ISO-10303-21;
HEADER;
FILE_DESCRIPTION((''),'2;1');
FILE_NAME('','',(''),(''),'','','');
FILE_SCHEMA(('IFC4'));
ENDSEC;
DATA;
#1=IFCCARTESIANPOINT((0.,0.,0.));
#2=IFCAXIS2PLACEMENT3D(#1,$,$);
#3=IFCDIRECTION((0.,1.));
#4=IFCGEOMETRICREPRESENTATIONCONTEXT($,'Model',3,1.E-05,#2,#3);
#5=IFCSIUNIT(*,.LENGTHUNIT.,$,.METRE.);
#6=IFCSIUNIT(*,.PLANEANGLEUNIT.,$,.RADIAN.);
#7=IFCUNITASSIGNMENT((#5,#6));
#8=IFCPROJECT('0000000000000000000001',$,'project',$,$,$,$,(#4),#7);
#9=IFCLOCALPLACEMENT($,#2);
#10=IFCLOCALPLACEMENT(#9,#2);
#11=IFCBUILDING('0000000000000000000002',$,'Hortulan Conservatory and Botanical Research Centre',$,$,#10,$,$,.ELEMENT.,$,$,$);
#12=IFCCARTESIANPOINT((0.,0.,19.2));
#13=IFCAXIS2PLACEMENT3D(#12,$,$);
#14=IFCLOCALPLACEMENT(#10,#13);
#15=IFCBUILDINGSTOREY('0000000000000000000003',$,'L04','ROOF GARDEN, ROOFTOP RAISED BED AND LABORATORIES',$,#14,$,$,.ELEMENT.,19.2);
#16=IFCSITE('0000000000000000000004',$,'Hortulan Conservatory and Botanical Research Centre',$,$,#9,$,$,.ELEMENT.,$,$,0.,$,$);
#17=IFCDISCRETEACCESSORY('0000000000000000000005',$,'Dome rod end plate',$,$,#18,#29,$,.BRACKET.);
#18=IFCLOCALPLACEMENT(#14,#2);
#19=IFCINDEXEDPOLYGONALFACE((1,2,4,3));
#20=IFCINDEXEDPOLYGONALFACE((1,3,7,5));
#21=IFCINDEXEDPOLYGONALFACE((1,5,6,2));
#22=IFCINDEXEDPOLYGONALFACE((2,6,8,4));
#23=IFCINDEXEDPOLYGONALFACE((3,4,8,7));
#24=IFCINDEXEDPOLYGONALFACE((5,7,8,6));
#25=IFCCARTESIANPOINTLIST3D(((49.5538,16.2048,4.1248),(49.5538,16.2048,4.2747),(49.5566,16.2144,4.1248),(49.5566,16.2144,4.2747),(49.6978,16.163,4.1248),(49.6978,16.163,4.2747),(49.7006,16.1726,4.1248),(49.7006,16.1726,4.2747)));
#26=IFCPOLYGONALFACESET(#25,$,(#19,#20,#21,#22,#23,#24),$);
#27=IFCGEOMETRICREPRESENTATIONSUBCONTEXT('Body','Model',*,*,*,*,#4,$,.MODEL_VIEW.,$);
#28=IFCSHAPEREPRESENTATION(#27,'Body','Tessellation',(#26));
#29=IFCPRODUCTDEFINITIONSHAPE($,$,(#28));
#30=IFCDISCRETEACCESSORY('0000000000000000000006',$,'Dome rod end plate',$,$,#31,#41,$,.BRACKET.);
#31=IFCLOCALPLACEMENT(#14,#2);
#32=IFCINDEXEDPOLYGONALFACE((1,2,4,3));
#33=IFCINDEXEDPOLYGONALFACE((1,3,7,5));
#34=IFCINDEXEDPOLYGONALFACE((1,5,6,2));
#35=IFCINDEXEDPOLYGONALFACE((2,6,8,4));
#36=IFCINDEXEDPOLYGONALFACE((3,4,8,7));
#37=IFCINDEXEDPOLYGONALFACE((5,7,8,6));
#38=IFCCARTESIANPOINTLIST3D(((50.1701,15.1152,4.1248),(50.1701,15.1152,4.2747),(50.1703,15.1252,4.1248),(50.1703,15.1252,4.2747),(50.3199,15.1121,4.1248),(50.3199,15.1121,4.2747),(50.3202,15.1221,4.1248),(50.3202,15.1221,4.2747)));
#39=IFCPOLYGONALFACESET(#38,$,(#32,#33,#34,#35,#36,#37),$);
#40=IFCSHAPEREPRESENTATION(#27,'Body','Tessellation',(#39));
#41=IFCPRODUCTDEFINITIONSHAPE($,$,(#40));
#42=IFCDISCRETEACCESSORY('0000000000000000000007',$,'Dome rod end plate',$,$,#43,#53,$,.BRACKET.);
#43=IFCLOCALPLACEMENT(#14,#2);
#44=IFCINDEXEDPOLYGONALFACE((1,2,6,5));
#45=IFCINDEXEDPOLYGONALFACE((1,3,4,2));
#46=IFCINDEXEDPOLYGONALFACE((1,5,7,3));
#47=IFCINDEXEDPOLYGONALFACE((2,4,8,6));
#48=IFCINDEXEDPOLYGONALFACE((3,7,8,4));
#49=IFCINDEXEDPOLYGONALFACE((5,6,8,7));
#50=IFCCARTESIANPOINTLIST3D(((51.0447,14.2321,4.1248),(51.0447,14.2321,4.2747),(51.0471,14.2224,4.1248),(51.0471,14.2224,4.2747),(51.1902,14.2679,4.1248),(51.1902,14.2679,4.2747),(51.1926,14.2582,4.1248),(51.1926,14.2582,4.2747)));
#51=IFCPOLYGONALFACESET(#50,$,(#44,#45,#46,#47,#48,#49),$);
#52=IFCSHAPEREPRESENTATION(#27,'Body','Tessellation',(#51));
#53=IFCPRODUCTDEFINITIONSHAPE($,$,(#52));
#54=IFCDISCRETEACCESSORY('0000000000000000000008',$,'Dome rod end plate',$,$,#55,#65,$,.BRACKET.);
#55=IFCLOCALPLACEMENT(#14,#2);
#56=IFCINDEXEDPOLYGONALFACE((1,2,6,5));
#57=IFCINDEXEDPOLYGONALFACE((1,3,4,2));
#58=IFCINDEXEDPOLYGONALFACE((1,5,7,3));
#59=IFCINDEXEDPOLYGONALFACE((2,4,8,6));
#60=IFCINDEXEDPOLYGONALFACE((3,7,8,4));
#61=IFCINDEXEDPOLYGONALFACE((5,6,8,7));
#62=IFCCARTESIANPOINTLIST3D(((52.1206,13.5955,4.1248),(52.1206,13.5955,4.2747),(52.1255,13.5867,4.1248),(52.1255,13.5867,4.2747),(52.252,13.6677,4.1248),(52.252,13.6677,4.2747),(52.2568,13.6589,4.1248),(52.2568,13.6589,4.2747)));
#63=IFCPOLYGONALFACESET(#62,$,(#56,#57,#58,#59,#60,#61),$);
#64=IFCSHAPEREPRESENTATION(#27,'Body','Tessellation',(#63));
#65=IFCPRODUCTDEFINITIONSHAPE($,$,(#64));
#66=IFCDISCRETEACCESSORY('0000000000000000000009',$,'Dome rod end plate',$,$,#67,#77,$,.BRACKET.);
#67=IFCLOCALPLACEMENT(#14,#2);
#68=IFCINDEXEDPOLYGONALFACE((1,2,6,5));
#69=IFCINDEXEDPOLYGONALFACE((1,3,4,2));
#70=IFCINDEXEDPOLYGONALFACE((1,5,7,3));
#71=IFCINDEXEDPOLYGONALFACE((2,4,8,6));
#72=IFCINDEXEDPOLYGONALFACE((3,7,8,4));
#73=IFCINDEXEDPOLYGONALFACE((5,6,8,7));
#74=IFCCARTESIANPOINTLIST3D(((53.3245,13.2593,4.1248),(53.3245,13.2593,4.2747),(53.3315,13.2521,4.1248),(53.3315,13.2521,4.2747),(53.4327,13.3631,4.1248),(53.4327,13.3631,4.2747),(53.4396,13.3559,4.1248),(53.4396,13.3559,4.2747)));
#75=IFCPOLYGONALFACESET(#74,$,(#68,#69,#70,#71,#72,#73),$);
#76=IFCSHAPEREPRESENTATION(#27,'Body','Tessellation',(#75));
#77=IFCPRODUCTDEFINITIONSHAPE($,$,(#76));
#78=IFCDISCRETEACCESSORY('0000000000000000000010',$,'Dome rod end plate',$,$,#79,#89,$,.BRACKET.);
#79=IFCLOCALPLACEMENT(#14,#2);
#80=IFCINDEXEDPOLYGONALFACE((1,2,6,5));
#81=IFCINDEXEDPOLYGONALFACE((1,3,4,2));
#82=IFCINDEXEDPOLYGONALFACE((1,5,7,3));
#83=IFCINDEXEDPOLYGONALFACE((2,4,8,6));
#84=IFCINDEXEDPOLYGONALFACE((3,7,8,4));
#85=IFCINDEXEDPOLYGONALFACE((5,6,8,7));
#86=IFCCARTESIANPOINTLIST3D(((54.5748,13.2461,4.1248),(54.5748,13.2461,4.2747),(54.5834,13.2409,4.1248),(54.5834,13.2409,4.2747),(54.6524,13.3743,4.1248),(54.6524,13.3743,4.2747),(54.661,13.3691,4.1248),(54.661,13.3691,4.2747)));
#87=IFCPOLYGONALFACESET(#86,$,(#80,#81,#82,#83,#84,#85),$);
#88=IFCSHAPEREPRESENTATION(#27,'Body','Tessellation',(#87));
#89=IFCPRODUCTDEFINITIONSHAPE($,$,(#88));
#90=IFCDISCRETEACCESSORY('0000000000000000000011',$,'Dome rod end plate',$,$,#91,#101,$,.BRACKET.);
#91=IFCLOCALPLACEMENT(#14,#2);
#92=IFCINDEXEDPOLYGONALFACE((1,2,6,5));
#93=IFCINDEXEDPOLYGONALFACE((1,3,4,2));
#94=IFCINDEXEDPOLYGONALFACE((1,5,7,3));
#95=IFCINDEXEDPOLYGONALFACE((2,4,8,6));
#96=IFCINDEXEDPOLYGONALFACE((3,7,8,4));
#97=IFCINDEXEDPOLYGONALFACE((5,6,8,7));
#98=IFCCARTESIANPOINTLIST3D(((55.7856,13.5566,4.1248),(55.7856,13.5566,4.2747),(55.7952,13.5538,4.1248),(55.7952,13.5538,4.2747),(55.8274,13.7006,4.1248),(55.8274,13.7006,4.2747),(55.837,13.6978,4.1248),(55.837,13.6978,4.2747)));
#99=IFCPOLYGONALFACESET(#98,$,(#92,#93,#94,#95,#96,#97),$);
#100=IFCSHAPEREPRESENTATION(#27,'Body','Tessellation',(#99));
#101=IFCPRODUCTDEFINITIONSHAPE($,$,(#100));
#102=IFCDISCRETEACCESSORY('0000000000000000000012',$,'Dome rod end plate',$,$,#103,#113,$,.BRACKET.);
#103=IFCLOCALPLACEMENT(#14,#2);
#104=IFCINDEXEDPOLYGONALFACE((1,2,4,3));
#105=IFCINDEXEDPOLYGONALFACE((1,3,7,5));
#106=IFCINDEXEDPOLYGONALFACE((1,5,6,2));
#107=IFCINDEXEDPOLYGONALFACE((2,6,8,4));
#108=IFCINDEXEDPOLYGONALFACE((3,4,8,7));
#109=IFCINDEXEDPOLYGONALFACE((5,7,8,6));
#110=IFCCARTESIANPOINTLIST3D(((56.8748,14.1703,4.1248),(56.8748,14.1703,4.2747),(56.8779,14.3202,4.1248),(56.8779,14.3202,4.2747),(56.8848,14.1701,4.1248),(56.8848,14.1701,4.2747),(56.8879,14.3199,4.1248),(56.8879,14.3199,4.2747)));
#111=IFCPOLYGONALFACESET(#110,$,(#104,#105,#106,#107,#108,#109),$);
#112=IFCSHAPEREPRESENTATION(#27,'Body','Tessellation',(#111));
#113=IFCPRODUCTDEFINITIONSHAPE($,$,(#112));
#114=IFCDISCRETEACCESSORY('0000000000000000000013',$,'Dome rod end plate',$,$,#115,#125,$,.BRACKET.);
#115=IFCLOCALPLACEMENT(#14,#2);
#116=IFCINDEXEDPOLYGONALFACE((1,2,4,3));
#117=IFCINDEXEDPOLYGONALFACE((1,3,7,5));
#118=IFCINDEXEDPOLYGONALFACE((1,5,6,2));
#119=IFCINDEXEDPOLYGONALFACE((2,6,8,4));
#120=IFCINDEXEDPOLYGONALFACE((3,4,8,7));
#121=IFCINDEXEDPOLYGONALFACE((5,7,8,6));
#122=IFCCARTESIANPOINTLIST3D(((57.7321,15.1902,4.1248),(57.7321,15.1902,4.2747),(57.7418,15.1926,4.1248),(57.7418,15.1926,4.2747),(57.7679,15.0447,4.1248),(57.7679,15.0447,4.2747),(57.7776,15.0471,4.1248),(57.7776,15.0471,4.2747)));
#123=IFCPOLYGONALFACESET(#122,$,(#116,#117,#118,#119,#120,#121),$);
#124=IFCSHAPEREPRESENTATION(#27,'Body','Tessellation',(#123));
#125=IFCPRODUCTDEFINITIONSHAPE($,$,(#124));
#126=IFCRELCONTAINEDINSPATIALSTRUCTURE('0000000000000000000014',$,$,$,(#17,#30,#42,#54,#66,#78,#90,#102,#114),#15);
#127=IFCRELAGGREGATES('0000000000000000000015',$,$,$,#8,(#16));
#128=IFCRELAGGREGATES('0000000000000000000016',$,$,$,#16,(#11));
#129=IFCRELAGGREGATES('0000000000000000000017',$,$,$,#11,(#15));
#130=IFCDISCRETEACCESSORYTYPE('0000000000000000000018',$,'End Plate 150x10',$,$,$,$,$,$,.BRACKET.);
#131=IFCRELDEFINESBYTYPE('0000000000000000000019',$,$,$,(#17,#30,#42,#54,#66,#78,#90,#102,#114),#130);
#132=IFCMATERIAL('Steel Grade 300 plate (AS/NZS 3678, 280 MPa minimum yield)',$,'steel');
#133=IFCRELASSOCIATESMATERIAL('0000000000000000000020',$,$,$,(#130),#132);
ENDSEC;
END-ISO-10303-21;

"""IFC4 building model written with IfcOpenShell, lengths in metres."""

from ifc_helpers import new_model, si_unit, direction, frame, origin, origin_2d, place, context, subcontext, project, spatial, rectangle, extrude, material, type_object, element, save


model = new_model("IFC4")

# Units and contexts
model_context = context("Model", 3, precision=1e-05, world=origin(), true_north=direction((0.0, 1.0)))
body_context = subcontext(model_context, "Body", "Model", "MODEL_VIEW")
ifc_project = project(units=[si_unit("LENGTHUNIT", "METRE"), si_unit("PLANEANGLEUNIT", "RADIAN")], contexts=[model_context])

# Site, building, storey
site_placement = place(None, origin())
site = spatial("IfcSite", under=ifc_project, at=site_placement, Name="Hortulan Conservatory and Botanical Research Centre", CompositionType="ELEMENT", RefElevation=0.0)
building_placement = place(site_placement, origin())
building = spatial("IfcBuilding", under=site, at=building_placement, Name="Hortulan Conservatory and Botanical Research Centre", CompositionType="ELEMENT")
storey_placement = place(building_placement, frame((0.0, 0.0, 19.2)))
storey = spatial("IfcBuildingStorey", under=building, at=storey_placement, Name="L04", Description="ROOF GARDEN, ROOFTOP RAISED BED AND LABORATORIES", CompositionType="ELEMENT", Elevation=19.2)

# Discrete accessories
ifc_material_1 = material(Name="Steel Grade 300 plate (AS/NZS 3678, 280 MPa minimum yield)", Category="steel")
discrete_accessory_type = type_object("IfcDiscreteAccessoryType", Name="End Plate 150x10", PredefinedType="BRACKET", material=ifc_material_1)
for number, where, z_axis, x_axis, name in (
    (1, (49.6272, 16.1887, 4.1248), (0.0, 0.0, 1.0), (0.960372, -0.278723, 0.0), "Dome rod end plate"),
    (2, (50.2451, 15.1187, 4.1248), (0.0, 0.0, 1.0), (0.999786, -0.020698, 0.0), "Dome rod end plate"),
    (3, (51.1187, 14.2451, 4.1248), (0.0, 0.0, 1.0), (0.971063, 0.238822, 0.0), "Dome rod end plate"),
    (4, (52.1887, 13.6272, 4.1248), (0.0, 0.0, 1.0), (0.876172, 0.481998, 0.0), "Dome rod end plate"),
    (5, (53.3821, 13.3076, 4.1248), (0.0, 0.0, 1.0), (0.721567, 0.692345, 0.0), "Dome rod end plate"),
    (6, (54.6179, 13.3076, 4.1248), (0.0, 0.0, 1.0), (0.517788, 0.855509, 0.0), "Dome rod end plate"),
    (7, (55.8113, 13.6272, 4.1248), (0.0, 0.0, 1.0), (0.278723, 0.960372, 0.0), "Dome rod end plate"),
    (8, (56.8813, 14.2451, 4.1248), (0.0, 0.0, 1.0), (0.020698, 0.999786, 0.0), "Dome rod end plate"),
    (9, (57.7549, 15.1187, 4.1248), (0.0, 0.0, 1.0), (0.238822, -0.971063, 0.0), "Dome rod end plate"),
):
    element("IfcDiscreteAccessory", number, at=place(storey_placement, frame(where, z_axis=z_axis, x_axis=x_axis)), inside=storey, type_object=discrete_accessory_type, Name=name, PredefinedType="BRACKET", context=body_context, shape_type="SweptSolid", body=[
        extrude(rectangle(XDim=0.1499, YDim=0.01, at=origin_2d()), origin(), (0.0, 0.0, 1.0), 0.1499),
    ])

save(model, "model.ifc")
